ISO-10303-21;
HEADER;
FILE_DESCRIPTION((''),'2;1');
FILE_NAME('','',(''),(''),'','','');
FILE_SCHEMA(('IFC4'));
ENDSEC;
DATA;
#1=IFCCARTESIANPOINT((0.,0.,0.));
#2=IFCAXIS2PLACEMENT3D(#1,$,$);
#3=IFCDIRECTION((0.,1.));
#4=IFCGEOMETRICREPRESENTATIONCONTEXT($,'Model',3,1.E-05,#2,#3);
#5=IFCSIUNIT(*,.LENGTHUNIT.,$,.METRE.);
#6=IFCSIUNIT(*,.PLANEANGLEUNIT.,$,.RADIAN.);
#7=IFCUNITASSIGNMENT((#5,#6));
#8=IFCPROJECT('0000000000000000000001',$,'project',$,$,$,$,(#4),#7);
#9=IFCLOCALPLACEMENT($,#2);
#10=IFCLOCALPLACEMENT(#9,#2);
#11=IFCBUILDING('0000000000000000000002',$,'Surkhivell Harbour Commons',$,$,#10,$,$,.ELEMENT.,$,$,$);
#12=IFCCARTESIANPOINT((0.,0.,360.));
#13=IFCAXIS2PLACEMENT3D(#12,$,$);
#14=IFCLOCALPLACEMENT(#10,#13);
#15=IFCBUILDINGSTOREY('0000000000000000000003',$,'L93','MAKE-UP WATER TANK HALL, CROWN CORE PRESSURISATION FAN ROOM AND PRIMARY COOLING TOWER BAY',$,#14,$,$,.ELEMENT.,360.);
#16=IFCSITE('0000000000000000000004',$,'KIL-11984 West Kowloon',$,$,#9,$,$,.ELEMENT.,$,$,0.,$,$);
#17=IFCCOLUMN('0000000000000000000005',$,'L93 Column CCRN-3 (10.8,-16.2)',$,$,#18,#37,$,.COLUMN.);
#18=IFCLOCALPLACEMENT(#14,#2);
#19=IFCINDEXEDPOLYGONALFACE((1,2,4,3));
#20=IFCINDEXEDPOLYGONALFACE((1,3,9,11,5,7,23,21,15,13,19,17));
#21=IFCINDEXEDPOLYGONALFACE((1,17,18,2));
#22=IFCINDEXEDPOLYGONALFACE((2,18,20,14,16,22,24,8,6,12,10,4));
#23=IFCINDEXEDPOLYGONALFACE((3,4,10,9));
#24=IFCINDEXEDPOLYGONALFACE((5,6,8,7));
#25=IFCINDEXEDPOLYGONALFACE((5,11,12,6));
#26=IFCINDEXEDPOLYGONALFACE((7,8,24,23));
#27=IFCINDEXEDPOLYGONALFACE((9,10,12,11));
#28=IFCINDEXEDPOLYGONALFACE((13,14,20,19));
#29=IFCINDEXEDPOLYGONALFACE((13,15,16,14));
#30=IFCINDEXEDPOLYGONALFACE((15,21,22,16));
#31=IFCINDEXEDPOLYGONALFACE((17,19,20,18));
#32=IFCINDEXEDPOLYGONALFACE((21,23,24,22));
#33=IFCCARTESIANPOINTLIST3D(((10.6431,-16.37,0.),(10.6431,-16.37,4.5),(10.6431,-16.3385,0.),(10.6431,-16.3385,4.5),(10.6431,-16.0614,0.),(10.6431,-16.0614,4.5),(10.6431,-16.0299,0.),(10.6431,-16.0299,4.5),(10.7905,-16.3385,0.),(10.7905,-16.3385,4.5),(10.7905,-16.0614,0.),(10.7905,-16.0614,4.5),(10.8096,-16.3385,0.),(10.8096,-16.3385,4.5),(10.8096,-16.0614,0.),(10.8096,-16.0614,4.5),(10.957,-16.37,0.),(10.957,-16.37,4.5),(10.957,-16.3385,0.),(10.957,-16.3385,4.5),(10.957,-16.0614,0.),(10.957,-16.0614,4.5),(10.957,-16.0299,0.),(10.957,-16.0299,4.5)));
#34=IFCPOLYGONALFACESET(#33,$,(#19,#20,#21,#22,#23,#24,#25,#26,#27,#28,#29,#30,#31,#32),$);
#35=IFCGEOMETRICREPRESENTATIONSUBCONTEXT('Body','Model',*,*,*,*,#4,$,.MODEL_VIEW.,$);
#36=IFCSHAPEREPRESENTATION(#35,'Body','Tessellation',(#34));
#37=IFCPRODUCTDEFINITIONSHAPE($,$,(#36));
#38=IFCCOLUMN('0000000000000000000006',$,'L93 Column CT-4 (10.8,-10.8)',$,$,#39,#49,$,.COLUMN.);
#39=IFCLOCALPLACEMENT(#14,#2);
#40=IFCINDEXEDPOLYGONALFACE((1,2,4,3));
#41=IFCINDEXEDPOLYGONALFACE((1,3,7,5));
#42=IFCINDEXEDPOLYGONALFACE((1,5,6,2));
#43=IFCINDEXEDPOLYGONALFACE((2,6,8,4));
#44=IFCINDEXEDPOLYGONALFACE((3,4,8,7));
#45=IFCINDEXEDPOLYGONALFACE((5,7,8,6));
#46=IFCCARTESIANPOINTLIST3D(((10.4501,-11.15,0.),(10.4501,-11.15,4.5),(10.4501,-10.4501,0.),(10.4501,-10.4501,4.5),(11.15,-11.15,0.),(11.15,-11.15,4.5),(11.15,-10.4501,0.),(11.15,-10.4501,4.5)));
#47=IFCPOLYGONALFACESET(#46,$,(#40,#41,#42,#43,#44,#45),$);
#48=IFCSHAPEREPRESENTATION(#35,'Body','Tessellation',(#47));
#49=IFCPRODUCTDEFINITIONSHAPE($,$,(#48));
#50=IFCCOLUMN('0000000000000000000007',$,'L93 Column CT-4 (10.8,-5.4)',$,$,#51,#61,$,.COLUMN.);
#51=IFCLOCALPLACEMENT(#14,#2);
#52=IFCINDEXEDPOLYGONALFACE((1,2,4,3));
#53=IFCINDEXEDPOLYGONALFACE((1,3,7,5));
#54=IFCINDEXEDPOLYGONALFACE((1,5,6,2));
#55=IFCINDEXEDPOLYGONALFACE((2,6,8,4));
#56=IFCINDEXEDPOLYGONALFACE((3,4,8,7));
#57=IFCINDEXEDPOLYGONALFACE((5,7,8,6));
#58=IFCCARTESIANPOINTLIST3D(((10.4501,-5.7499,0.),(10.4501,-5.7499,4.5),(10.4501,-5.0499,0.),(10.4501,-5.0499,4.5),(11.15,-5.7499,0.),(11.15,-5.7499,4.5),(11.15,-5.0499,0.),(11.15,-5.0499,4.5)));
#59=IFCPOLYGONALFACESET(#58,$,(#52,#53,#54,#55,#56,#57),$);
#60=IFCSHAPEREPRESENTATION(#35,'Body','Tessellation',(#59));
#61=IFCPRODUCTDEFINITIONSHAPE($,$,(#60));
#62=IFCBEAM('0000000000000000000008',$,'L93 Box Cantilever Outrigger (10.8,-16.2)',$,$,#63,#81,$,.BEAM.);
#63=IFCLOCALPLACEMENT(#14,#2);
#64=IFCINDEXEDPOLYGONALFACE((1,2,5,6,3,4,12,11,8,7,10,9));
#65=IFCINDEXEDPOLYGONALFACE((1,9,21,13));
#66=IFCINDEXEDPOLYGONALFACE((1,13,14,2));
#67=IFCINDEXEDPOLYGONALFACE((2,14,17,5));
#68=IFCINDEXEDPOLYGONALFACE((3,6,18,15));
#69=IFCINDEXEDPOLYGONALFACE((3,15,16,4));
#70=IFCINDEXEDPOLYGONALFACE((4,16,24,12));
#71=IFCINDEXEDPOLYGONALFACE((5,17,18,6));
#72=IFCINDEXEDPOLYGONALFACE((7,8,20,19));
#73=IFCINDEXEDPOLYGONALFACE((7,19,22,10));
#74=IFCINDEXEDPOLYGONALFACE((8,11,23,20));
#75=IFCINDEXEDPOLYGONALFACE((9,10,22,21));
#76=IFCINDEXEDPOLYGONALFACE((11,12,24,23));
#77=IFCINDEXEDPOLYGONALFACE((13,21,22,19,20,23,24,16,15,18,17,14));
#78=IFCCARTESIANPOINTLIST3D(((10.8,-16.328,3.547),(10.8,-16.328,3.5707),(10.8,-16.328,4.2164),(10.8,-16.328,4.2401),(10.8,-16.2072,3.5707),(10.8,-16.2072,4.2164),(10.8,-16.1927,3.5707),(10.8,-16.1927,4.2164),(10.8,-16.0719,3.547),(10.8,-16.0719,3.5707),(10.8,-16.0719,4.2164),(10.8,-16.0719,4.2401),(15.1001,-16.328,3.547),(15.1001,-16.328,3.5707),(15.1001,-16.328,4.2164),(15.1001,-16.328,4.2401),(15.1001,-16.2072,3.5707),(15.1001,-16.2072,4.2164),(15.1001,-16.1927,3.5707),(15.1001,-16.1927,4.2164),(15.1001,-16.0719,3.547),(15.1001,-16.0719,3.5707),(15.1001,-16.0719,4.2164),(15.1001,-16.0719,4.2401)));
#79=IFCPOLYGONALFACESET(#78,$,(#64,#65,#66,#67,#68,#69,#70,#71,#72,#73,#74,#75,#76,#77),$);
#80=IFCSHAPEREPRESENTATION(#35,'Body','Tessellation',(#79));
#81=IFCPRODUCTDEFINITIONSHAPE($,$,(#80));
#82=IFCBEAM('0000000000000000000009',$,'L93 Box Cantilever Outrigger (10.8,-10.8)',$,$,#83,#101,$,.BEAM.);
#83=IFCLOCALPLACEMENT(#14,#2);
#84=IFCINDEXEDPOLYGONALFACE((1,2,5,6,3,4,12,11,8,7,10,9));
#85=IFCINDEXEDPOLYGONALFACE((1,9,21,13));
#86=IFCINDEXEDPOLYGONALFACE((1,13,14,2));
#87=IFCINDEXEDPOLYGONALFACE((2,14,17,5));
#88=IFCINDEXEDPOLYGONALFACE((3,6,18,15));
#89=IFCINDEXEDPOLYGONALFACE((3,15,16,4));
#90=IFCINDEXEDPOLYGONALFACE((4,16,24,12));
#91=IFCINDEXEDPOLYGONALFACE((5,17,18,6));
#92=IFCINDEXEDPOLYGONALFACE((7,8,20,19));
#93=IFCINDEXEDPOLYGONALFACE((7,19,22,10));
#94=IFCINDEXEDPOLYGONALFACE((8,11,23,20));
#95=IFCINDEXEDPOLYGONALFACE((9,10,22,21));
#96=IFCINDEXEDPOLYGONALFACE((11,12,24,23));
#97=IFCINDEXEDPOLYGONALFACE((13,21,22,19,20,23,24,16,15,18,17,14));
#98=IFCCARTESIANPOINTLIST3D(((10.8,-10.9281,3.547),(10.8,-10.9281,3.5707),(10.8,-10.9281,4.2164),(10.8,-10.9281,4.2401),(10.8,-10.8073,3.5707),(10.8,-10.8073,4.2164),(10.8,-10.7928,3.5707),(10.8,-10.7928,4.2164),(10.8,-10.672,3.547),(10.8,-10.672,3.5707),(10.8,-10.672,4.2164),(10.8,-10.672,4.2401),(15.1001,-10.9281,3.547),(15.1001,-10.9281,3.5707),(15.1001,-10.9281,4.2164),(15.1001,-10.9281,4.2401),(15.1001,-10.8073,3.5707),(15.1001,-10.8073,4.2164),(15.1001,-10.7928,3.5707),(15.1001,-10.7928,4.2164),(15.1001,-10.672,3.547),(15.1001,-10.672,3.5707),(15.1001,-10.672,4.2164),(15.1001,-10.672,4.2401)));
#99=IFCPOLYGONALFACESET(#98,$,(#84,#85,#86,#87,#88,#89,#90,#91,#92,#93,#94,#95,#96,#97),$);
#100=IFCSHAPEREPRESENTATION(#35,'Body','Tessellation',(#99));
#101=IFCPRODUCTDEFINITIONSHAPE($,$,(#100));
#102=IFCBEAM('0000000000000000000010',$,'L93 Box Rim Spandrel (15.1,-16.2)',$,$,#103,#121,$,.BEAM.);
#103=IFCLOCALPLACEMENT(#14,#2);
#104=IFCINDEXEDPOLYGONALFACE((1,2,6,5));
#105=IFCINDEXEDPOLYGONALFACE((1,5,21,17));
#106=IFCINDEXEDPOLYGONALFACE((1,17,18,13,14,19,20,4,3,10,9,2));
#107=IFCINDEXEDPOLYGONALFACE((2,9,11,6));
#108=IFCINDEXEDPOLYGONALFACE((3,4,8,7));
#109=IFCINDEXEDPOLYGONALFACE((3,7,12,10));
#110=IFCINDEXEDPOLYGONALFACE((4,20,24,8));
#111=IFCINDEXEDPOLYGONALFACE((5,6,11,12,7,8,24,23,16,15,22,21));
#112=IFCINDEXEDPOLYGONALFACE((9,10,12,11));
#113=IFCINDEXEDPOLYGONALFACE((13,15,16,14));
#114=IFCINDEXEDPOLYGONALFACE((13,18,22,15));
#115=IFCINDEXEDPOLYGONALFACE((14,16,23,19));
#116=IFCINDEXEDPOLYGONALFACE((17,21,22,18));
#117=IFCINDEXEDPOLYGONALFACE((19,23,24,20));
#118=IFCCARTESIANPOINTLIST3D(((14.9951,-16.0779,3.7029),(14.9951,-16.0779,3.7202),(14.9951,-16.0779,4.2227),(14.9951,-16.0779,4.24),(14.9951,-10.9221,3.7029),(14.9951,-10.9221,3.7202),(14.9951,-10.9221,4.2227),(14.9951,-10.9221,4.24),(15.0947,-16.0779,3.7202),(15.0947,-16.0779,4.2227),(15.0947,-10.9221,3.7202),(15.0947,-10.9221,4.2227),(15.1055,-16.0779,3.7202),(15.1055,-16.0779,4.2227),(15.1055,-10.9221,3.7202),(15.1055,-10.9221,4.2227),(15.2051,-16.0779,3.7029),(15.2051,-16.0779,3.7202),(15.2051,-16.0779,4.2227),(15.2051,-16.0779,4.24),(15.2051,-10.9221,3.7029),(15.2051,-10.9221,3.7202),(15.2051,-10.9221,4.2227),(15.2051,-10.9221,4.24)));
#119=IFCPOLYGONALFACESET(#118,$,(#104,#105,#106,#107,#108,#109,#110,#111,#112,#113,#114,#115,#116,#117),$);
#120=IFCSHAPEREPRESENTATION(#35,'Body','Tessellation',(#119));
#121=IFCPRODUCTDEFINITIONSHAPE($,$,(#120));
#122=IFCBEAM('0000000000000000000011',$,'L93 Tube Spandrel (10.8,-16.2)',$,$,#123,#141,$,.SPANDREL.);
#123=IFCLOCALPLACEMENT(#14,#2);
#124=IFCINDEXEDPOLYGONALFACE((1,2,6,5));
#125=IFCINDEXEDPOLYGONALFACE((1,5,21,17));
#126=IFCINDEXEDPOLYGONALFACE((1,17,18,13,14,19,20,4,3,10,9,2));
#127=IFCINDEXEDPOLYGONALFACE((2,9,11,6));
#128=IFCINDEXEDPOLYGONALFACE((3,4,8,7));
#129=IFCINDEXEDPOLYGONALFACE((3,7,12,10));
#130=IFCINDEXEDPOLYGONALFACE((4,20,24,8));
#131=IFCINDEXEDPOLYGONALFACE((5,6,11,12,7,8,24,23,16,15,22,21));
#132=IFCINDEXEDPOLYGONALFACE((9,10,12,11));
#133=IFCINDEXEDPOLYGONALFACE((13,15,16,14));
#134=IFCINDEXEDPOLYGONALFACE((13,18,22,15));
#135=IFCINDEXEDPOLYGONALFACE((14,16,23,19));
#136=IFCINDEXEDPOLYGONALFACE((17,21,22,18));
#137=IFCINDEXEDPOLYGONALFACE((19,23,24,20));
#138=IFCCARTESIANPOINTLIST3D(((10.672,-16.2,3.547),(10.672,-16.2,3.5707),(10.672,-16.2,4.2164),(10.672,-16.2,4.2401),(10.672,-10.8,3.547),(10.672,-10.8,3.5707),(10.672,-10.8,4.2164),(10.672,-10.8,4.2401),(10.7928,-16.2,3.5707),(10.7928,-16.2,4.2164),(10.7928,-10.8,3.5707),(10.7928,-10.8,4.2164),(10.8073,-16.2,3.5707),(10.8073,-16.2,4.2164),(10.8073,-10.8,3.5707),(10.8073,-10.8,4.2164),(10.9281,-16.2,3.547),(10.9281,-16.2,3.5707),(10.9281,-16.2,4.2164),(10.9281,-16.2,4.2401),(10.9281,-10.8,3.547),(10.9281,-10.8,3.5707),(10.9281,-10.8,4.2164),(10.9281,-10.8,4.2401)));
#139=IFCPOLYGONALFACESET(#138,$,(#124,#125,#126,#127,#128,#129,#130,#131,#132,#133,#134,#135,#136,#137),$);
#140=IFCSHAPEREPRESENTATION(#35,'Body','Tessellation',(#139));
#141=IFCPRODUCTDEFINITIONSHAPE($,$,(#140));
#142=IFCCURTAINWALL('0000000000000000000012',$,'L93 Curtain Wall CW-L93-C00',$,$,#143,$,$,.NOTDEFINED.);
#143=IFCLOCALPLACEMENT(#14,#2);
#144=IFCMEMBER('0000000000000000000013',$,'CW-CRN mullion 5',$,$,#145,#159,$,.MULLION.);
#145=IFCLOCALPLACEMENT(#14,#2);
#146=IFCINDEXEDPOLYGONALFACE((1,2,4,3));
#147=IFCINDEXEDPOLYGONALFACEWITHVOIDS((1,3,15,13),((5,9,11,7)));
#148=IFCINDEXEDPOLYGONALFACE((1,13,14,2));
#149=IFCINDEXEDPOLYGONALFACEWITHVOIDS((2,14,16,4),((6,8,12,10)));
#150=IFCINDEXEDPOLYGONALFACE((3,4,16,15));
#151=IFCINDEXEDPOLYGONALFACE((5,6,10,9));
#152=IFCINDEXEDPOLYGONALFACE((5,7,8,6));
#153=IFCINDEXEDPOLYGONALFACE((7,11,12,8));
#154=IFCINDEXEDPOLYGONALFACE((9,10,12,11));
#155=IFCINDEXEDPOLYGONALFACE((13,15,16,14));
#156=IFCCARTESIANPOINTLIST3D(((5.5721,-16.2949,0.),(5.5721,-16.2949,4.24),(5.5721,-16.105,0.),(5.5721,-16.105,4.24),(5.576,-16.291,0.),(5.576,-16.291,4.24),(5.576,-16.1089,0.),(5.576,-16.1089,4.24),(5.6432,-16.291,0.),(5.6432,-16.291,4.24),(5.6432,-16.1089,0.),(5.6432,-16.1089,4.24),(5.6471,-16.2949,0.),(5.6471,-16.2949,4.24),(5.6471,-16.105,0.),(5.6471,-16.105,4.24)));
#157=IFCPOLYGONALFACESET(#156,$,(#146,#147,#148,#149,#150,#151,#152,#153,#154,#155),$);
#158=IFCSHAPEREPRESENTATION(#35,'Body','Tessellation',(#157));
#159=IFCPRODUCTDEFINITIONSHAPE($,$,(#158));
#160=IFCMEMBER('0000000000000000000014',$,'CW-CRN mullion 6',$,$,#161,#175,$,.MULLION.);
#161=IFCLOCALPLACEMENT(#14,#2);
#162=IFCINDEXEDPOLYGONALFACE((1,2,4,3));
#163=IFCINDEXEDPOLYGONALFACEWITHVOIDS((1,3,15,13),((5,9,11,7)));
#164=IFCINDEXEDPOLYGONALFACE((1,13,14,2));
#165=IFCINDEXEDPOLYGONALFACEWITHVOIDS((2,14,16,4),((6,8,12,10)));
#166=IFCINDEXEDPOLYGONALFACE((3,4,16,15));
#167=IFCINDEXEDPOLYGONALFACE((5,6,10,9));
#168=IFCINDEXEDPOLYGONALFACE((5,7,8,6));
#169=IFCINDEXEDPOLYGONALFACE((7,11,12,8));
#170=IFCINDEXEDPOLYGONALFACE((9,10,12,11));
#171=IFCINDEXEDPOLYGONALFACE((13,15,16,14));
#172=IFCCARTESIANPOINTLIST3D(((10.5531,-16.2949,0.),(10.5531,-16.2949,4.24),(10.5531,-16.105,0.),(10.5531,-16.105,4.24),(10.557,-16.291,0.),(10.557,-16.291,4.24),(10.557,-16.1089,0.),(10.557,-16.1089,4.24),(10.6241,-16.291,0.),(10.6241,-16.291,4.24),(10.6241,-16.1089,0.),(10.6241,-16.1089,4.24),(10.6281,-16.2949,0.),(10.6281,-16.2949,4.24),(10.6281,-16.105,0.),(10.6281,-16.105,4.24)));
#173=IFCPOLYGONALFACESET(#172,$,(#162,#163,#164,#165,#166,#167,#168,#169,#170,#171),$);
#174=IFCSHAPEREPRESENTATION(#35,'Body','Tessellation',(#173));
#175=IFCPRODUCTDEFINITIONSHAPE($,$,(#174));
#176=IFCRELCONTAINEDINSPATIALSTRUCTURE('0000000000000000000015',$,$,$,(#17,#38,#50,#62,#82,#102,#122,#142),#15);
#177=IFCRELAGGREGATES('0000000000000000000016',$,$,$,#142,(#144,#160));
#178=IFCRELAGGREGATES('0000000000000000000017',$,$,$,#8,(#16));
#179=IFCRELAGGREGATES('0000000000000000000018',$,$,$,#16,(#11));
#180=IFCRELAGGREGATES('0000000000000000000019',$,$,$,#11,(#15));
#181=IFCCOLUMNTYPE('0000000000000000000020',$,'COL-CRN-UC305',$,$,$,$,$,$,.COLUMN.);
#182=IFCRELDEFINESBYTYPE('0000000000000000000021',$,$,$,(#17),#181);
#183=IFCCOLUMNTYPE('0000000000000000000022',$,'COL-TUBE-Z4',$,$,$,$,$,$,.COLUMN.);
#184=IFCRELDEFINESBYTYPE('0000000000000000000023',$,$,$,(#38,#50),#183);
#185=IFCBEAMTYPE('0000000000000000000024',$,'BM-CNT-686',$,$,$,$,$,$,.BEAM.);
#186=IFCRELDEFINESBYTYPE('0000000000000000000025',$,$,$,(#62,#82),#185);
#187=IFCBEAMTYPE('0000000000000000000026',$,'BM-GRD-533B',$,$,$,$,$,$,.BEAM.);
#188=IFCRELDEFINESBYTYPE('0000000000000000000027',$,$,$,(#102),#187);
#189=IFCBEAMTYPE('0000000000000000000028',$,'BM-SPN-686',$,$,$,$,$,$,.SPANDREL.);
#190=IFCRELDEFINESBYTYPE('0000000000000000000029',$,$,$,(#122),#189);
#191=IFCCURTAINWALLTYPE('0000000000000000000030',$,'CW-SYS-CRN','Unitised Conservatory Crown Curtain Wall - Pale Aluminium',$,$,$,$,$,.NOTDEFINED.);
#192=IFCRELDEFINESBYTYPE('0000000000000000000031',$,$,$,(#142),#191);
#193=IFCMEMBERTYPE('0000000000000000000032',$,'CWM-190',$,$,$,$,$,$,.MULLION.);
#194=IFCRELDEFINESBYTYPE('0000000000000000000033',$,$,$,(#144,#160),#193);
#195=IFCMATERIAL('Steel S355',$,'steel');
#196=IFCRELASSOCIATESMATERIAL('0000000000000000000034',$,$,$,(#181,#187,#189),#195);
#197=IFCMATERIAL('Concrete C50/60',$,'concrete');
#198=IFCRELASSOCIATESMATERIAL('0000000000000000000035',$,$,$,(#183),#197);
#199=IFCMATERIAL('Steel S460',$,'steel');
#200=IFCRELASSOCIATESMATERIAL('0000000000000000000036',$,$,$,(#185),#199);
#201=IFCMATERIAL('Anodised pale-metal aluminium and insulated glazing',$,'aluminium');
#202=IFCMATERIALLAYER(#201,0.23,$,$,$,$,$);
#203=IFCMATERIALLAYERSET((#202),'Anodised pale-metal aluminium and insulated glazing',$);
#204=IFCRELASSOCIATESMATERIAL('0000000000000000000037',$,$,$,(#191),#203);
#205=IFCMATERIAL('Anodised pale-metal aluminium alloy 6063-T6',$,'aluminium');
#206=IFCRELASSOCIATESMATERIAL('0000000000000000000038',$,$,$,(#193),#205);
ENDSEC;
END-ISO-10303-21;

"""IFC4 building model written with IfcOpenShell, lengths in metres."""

from ifc_helpers import new_model, si_unit, direction, frame, origin, origin_2d, place, context, subcontext, project, spatial, rectangle, hollow_rectangle, i_section, extrude, material, layer, layer_set, material_profile, profile_set, type_object, element, aggregate, save


model = new_model("IFC4")

# Units and contexts
model_context = context("Model", 3, precision=1e-05, world=origin(), true_north=direction((0.0, 1.0)))
body_context = subcontext(model_context, "Body", "Model", "MODEL_VIEW")
ifc_project = project(units=[si_unit("LENGTHUNIT", "METRE"), si_unit("PLANEANGLEUNIT", "RADIAN")], contexts=[model_context])

# Site, building, storey
site_placement = place(None, origin())
site = spatial("IfcSite", under=ifc_project, at=site_placement, Name="KIL-11984 West Kowloon", CompositionType="ELEMENT", RefElevation=0.0)
building_placement = place(site_placement, origin())
building = spatial("IfcBuilding", under=site, at=building_placement, Name="Surkhivell Harbour Commons", CompositionType="ELEMENT")
storey_placement = place(building_placement, frame((0.0, 0.0, 360.0)))
storey = spatial("IfcBuildingStorey", under=building, at=storey_placement, Name="L93", Description="MAKE-UP WATER TANK HALL, CROWN CORE PRESSURISATION FAN ROOM AND PRIMARY COOLING TOWER BAY", CompositionType="ELEMENT", Elevation=360.0)

# Columns
ifc_material_1 = material(Name="Steel S355", Category="steel")
ifc_material_profile_1 = material_profile(ifc_material_1, i_section(OverallWidth=0.314, OverallDepth=0.3401, WebThickness=0.019, FlangeThickness=0.0315, at=origin_2d()), Name="UC305x305x198")
ifc_profile_set_1 = profile_set([ifc_material_profile_1], Name="Steel S355")
column_type_1 = type_object("IfcColumnType", Name="COL-CRN-UC305", PredefinedType="COLUMN", material=ifc_profile_set_1)
column_placement = place(storey_placement, frame((10.8, -16.2, 0.0), z_axis=(0.0, 0.0, 1.0), x_axis=(1.0, 0.0, 0.0)))
element("IfcColumn", 1, at=column_placement, inside=storey, type_object=column_type_1, Name="L93 Column CCRN-3 (10.8,-16.2)", PredefinedType="COLUMN", context=body_context, shape_type="SweptSolid", body=[
    extrude(i_section(OverallWidth=0.314, OverallDepth=0.3401, WebThickness=0.019, FlangeThickness=0.0315, at=origin_2d()), origin(), (0.0, 0.0, 1.0), 4.5),
])
ifc_material_2 = material(Name="Concrete C50/60", Category="concrete")
ifc_material_profile_2 = material_profile(ifc_material_2, rectangle(XDim=0.7, YDim=0.7, at=origin_2d()), Name="RC-COL-700x700")
ifc_profile_set_2 = profile_set([ifc_material_profile_2], Name="Concrete C50/60")
column_type_2 = type_object("IfcColumnType", Name="COL-TUBE-Z4", PredefinedType="COLUMN", material=ifc_profile_set_2)
for number, where, z_axis, x_axis, name in (
    (2, (10.8, -10.8, 0.0), (0.0, 0.0, 1.0), (1.0, 0.0, 0.0), "L93 Column CT-4 (10.8,-10.8)"),
    (3, (10.8, -5.3999, 0.0), (0.0, 0.0, 1.0), (1.0, 0.0, 0.0), "L93 Column CT-4 (10.8,-5.4)"),
):
    element("IfcColumn", number, at=place(storey_placement, frame(where, z_axis=z_axis, x_axis=x_axis)), inside=storey, type_object=column_type_2, Name=name, PredefinedType="COLUMN", context=body_context, shape_type="SweptSolid", body=[
        extrude(rectangle(XDim=0.7, YDim=0.7, at=origin_2d()), origin(), (0.0, 0.0, 1.0), 4.5),
    ])

# Beams
ifc_material_3 = material(Name="Steel S460", Category="steel")
ifc_material_profile_3 = material_profile(ifc_material_3, i_section(OverallWidth=0.2561, OverallDepth=0.6931, WebThickness=0.0144, FlangeThickness=0.0237, at=origin_2d()), Name="UB686x254x170")
ifc_profile_set_3 = profile_set([ifc_material_profile_3], Name="Steel S460")
beam_type_1 = type_object("IfcBeamType", Name="BM-CNT-686", PredefinedType="BEAM", material=ifc_profile_set_3)
for number, where, z_axis, x_axis, name in (
    (4, (10.8, -16.2, 3.8936), (1.0, 0.0, 0.0), (0.0, 1.0, 0.0), "L93 Box Cantilever Outrigger (10.8,-16.2)"),
    (5, (10.8, -10.8, 3.8936), (1.0, 0.0, 0.0), (0.0, 1.0, 0.0), "L93 Box Cantilever Outrigger (10.8,-10.8)"),
):
    element("IfcBeam", number, at=place(storey_placement, frame(where, z_axis=z_axis, x_axis=x_axis)), inside=storey, type_object=beam_type_1, Name=name, PredefinedType="BEAM", context=body_context, shape_type="SweptSolid", body=[
        extrude(i_section(OverallWidth=0.2561, OverallDepth=0.6931, WebThickness=0.0144, FlangeThickness=0.0237, at=origin_2d()), origin(), (0.0, 0.0, 1.0), 4.3),
    ])
ifc_material_profile_4 = material_profile(ifc_material_1, i_section(OverallWidth=0.21, OverallDepth=0.5371, WebThickness=0.0107, FlangeThickness=0.0173, at=origin_2d()), Name="UB533x210x101")
ifc_profile_set_4 = profile_set([ifc_material_profile_4], Name="Steel S355")
beam_type_2 = type_object("IfcBeamType", Name="BM-GRD-533B", PredefinedType="BEAM", material=ifc_profile_set_4)
beam_1_placement = place(storey_placement, frame((15.1001, -16.0779, 3.9714), z_axis=(0.0, 1.0, 0.0), x_axis=(-1.0, 0.0, 0.0)))
element("IfcBeam", 6, at=beam_1_placement, inside=storey, type_object=beam_type_2, Name="L93 Box Rim Spandrel (15.1,-16.2)", PredefinedType="BEAM", context=body_context, shape_type="SweptSolid", body=[
    extrude(i_section(OverallWidth=0.21, OverallDepth=0.5371, WebThickness=0.0107, FlangeThickness=0.0173, at=origin_2d()), origin(), (0.0, 0.0, 1.0), 5.1558),
])
ifc_material_profile_5 = material_profile(ifc_material_1, i_section(OverallWidth=0.2561, OverallDepth=0.6931, WebThickness=0.0144, FlangeThickness=0.0237, at=origin_2d()), Name="UB686x254x170")
ifc_profile_set_5 = profile_set([ifc_material_profile_5], Name="Steel S355")
beam_type_3 = type_object("IfcBeamType", Name="BM-SPN-686", PredefinedType="SPANDREL", material=ifc_profile_set_5)
beam_2_placement = place(storey_placement, frame((10.8, -16.2, 3.8936), z_axis=(0.0, 1.0, 0.0), x_axis=(-1.0, 0.0, 0.0)))
element("IfcBeam", 7, at=beam_2_placement, inside=storey, type_object=beam_type_3, Name="L93 Tube Spandrel (10.8,-16.2)", PredefinedType="SPANDREL", context=body_context, shape_type="SweptSolid", body=[
    extrude(i_section(OverallWidth=0.2561, OverallDepth=0.6931, WebThickness=0.0144, FlangeThickness=0.0237, at=origin_2d()), origin(), (0.0, 0.0, 1.0), 5.3999),
])

# Curtain wall, members
ifc_material_4 = material(Name="Anodised pale-metal aluminium and insulated glazing", Category="aluminium")
ifc_layer_1 = layer(ifc_material_4, 0.23)
ifc_layer_set_1 = layer_set([ifc_layer_1], Name="Anodised pale-metal aluminium and insulated glazing")
curtain_wall_type = type_object("IfcCurtainWallType", Name="CW-SYS-CRN", Description="Unitised Conservatory Crown Curtain Wall - Pale Aluminium", PredefinedType="NOTDEFINED", material=ifc_layer_set_1)
curtain_wall_1_placement = place(storey_placement, origin())
curtain_wall_1 = element("IfcCurtainWall", 8, at=curtain_wall_1_placement, inside=storey, type_object=curtain_wall_type, Name="L93 Curtain Wall CW-L93-C00", PredefinedType="NOTDEFINED")
ifc_material_5 = material(Name="Anodised pale-metal aluminium alloy 6063-T6", Category="aluminium")
ifc_material_profile_6 = material_profile(ifc_material_5, hollow_rectangle(XDim=0.075, YDim=0.1899, WallThickness=0.0039, at=origin_2d()), Name="ALU-MULL-75x190")
ifc_profile_set_6 = profile_set([ifc_material_profile_6], Name="Anodised pale-metal aluminium alloy 6063-T6")
member_type_1 = type_object("IfcMemberType", Name="CWM-190", PredefinedType="MULLION", material=ifc_profile_set_6)
member_1_placement = place(storey_placement, frame((5.6096, -16.2, 0.0), z_axis=(0.0, 0.0, 1.0), x_axis=(1.0, 0.0, 0.0)))
member_1 = element("IfcMember", 9, at=member_1_placement, type_object=member_type_1, Name="CW-CRN mullion 5", PredefinedType="MULLION", context=body_context, shape_type="SweptSolid", body=[
    extrude(hollow_rectangle(XDim=0.075, YDim=0.1899, WallThickness=0.0039, at=origin_2d()), origin(), (0.0, 0.0, 1.0), 4.24),
])
member_2_placement = place(storey_placement, frame((10.5906, -16.2, 0.0), z_axis=(0.0, 0.0, 1.0), x_axis=(1.0, 0.0, 0.0)))
member_2 = element("IfcMember", 10, at=member_2_placement, type_object=member_type_1, Name="CW-CRN mullion 6", PredefinedType="MULLION", context=body_context, shape_type="SweptSolid", body=[
    extrude(hollow_rectangle(XDim=0.075, YDim=0.1899, WallThickness=0.0039, at=origin_2d()), origin(), (0.0, 0.0, 1.0), 4.24),
])

aggregate(curtain_wall_1, [member_1, member_2])

save(model, "model.ifc")
